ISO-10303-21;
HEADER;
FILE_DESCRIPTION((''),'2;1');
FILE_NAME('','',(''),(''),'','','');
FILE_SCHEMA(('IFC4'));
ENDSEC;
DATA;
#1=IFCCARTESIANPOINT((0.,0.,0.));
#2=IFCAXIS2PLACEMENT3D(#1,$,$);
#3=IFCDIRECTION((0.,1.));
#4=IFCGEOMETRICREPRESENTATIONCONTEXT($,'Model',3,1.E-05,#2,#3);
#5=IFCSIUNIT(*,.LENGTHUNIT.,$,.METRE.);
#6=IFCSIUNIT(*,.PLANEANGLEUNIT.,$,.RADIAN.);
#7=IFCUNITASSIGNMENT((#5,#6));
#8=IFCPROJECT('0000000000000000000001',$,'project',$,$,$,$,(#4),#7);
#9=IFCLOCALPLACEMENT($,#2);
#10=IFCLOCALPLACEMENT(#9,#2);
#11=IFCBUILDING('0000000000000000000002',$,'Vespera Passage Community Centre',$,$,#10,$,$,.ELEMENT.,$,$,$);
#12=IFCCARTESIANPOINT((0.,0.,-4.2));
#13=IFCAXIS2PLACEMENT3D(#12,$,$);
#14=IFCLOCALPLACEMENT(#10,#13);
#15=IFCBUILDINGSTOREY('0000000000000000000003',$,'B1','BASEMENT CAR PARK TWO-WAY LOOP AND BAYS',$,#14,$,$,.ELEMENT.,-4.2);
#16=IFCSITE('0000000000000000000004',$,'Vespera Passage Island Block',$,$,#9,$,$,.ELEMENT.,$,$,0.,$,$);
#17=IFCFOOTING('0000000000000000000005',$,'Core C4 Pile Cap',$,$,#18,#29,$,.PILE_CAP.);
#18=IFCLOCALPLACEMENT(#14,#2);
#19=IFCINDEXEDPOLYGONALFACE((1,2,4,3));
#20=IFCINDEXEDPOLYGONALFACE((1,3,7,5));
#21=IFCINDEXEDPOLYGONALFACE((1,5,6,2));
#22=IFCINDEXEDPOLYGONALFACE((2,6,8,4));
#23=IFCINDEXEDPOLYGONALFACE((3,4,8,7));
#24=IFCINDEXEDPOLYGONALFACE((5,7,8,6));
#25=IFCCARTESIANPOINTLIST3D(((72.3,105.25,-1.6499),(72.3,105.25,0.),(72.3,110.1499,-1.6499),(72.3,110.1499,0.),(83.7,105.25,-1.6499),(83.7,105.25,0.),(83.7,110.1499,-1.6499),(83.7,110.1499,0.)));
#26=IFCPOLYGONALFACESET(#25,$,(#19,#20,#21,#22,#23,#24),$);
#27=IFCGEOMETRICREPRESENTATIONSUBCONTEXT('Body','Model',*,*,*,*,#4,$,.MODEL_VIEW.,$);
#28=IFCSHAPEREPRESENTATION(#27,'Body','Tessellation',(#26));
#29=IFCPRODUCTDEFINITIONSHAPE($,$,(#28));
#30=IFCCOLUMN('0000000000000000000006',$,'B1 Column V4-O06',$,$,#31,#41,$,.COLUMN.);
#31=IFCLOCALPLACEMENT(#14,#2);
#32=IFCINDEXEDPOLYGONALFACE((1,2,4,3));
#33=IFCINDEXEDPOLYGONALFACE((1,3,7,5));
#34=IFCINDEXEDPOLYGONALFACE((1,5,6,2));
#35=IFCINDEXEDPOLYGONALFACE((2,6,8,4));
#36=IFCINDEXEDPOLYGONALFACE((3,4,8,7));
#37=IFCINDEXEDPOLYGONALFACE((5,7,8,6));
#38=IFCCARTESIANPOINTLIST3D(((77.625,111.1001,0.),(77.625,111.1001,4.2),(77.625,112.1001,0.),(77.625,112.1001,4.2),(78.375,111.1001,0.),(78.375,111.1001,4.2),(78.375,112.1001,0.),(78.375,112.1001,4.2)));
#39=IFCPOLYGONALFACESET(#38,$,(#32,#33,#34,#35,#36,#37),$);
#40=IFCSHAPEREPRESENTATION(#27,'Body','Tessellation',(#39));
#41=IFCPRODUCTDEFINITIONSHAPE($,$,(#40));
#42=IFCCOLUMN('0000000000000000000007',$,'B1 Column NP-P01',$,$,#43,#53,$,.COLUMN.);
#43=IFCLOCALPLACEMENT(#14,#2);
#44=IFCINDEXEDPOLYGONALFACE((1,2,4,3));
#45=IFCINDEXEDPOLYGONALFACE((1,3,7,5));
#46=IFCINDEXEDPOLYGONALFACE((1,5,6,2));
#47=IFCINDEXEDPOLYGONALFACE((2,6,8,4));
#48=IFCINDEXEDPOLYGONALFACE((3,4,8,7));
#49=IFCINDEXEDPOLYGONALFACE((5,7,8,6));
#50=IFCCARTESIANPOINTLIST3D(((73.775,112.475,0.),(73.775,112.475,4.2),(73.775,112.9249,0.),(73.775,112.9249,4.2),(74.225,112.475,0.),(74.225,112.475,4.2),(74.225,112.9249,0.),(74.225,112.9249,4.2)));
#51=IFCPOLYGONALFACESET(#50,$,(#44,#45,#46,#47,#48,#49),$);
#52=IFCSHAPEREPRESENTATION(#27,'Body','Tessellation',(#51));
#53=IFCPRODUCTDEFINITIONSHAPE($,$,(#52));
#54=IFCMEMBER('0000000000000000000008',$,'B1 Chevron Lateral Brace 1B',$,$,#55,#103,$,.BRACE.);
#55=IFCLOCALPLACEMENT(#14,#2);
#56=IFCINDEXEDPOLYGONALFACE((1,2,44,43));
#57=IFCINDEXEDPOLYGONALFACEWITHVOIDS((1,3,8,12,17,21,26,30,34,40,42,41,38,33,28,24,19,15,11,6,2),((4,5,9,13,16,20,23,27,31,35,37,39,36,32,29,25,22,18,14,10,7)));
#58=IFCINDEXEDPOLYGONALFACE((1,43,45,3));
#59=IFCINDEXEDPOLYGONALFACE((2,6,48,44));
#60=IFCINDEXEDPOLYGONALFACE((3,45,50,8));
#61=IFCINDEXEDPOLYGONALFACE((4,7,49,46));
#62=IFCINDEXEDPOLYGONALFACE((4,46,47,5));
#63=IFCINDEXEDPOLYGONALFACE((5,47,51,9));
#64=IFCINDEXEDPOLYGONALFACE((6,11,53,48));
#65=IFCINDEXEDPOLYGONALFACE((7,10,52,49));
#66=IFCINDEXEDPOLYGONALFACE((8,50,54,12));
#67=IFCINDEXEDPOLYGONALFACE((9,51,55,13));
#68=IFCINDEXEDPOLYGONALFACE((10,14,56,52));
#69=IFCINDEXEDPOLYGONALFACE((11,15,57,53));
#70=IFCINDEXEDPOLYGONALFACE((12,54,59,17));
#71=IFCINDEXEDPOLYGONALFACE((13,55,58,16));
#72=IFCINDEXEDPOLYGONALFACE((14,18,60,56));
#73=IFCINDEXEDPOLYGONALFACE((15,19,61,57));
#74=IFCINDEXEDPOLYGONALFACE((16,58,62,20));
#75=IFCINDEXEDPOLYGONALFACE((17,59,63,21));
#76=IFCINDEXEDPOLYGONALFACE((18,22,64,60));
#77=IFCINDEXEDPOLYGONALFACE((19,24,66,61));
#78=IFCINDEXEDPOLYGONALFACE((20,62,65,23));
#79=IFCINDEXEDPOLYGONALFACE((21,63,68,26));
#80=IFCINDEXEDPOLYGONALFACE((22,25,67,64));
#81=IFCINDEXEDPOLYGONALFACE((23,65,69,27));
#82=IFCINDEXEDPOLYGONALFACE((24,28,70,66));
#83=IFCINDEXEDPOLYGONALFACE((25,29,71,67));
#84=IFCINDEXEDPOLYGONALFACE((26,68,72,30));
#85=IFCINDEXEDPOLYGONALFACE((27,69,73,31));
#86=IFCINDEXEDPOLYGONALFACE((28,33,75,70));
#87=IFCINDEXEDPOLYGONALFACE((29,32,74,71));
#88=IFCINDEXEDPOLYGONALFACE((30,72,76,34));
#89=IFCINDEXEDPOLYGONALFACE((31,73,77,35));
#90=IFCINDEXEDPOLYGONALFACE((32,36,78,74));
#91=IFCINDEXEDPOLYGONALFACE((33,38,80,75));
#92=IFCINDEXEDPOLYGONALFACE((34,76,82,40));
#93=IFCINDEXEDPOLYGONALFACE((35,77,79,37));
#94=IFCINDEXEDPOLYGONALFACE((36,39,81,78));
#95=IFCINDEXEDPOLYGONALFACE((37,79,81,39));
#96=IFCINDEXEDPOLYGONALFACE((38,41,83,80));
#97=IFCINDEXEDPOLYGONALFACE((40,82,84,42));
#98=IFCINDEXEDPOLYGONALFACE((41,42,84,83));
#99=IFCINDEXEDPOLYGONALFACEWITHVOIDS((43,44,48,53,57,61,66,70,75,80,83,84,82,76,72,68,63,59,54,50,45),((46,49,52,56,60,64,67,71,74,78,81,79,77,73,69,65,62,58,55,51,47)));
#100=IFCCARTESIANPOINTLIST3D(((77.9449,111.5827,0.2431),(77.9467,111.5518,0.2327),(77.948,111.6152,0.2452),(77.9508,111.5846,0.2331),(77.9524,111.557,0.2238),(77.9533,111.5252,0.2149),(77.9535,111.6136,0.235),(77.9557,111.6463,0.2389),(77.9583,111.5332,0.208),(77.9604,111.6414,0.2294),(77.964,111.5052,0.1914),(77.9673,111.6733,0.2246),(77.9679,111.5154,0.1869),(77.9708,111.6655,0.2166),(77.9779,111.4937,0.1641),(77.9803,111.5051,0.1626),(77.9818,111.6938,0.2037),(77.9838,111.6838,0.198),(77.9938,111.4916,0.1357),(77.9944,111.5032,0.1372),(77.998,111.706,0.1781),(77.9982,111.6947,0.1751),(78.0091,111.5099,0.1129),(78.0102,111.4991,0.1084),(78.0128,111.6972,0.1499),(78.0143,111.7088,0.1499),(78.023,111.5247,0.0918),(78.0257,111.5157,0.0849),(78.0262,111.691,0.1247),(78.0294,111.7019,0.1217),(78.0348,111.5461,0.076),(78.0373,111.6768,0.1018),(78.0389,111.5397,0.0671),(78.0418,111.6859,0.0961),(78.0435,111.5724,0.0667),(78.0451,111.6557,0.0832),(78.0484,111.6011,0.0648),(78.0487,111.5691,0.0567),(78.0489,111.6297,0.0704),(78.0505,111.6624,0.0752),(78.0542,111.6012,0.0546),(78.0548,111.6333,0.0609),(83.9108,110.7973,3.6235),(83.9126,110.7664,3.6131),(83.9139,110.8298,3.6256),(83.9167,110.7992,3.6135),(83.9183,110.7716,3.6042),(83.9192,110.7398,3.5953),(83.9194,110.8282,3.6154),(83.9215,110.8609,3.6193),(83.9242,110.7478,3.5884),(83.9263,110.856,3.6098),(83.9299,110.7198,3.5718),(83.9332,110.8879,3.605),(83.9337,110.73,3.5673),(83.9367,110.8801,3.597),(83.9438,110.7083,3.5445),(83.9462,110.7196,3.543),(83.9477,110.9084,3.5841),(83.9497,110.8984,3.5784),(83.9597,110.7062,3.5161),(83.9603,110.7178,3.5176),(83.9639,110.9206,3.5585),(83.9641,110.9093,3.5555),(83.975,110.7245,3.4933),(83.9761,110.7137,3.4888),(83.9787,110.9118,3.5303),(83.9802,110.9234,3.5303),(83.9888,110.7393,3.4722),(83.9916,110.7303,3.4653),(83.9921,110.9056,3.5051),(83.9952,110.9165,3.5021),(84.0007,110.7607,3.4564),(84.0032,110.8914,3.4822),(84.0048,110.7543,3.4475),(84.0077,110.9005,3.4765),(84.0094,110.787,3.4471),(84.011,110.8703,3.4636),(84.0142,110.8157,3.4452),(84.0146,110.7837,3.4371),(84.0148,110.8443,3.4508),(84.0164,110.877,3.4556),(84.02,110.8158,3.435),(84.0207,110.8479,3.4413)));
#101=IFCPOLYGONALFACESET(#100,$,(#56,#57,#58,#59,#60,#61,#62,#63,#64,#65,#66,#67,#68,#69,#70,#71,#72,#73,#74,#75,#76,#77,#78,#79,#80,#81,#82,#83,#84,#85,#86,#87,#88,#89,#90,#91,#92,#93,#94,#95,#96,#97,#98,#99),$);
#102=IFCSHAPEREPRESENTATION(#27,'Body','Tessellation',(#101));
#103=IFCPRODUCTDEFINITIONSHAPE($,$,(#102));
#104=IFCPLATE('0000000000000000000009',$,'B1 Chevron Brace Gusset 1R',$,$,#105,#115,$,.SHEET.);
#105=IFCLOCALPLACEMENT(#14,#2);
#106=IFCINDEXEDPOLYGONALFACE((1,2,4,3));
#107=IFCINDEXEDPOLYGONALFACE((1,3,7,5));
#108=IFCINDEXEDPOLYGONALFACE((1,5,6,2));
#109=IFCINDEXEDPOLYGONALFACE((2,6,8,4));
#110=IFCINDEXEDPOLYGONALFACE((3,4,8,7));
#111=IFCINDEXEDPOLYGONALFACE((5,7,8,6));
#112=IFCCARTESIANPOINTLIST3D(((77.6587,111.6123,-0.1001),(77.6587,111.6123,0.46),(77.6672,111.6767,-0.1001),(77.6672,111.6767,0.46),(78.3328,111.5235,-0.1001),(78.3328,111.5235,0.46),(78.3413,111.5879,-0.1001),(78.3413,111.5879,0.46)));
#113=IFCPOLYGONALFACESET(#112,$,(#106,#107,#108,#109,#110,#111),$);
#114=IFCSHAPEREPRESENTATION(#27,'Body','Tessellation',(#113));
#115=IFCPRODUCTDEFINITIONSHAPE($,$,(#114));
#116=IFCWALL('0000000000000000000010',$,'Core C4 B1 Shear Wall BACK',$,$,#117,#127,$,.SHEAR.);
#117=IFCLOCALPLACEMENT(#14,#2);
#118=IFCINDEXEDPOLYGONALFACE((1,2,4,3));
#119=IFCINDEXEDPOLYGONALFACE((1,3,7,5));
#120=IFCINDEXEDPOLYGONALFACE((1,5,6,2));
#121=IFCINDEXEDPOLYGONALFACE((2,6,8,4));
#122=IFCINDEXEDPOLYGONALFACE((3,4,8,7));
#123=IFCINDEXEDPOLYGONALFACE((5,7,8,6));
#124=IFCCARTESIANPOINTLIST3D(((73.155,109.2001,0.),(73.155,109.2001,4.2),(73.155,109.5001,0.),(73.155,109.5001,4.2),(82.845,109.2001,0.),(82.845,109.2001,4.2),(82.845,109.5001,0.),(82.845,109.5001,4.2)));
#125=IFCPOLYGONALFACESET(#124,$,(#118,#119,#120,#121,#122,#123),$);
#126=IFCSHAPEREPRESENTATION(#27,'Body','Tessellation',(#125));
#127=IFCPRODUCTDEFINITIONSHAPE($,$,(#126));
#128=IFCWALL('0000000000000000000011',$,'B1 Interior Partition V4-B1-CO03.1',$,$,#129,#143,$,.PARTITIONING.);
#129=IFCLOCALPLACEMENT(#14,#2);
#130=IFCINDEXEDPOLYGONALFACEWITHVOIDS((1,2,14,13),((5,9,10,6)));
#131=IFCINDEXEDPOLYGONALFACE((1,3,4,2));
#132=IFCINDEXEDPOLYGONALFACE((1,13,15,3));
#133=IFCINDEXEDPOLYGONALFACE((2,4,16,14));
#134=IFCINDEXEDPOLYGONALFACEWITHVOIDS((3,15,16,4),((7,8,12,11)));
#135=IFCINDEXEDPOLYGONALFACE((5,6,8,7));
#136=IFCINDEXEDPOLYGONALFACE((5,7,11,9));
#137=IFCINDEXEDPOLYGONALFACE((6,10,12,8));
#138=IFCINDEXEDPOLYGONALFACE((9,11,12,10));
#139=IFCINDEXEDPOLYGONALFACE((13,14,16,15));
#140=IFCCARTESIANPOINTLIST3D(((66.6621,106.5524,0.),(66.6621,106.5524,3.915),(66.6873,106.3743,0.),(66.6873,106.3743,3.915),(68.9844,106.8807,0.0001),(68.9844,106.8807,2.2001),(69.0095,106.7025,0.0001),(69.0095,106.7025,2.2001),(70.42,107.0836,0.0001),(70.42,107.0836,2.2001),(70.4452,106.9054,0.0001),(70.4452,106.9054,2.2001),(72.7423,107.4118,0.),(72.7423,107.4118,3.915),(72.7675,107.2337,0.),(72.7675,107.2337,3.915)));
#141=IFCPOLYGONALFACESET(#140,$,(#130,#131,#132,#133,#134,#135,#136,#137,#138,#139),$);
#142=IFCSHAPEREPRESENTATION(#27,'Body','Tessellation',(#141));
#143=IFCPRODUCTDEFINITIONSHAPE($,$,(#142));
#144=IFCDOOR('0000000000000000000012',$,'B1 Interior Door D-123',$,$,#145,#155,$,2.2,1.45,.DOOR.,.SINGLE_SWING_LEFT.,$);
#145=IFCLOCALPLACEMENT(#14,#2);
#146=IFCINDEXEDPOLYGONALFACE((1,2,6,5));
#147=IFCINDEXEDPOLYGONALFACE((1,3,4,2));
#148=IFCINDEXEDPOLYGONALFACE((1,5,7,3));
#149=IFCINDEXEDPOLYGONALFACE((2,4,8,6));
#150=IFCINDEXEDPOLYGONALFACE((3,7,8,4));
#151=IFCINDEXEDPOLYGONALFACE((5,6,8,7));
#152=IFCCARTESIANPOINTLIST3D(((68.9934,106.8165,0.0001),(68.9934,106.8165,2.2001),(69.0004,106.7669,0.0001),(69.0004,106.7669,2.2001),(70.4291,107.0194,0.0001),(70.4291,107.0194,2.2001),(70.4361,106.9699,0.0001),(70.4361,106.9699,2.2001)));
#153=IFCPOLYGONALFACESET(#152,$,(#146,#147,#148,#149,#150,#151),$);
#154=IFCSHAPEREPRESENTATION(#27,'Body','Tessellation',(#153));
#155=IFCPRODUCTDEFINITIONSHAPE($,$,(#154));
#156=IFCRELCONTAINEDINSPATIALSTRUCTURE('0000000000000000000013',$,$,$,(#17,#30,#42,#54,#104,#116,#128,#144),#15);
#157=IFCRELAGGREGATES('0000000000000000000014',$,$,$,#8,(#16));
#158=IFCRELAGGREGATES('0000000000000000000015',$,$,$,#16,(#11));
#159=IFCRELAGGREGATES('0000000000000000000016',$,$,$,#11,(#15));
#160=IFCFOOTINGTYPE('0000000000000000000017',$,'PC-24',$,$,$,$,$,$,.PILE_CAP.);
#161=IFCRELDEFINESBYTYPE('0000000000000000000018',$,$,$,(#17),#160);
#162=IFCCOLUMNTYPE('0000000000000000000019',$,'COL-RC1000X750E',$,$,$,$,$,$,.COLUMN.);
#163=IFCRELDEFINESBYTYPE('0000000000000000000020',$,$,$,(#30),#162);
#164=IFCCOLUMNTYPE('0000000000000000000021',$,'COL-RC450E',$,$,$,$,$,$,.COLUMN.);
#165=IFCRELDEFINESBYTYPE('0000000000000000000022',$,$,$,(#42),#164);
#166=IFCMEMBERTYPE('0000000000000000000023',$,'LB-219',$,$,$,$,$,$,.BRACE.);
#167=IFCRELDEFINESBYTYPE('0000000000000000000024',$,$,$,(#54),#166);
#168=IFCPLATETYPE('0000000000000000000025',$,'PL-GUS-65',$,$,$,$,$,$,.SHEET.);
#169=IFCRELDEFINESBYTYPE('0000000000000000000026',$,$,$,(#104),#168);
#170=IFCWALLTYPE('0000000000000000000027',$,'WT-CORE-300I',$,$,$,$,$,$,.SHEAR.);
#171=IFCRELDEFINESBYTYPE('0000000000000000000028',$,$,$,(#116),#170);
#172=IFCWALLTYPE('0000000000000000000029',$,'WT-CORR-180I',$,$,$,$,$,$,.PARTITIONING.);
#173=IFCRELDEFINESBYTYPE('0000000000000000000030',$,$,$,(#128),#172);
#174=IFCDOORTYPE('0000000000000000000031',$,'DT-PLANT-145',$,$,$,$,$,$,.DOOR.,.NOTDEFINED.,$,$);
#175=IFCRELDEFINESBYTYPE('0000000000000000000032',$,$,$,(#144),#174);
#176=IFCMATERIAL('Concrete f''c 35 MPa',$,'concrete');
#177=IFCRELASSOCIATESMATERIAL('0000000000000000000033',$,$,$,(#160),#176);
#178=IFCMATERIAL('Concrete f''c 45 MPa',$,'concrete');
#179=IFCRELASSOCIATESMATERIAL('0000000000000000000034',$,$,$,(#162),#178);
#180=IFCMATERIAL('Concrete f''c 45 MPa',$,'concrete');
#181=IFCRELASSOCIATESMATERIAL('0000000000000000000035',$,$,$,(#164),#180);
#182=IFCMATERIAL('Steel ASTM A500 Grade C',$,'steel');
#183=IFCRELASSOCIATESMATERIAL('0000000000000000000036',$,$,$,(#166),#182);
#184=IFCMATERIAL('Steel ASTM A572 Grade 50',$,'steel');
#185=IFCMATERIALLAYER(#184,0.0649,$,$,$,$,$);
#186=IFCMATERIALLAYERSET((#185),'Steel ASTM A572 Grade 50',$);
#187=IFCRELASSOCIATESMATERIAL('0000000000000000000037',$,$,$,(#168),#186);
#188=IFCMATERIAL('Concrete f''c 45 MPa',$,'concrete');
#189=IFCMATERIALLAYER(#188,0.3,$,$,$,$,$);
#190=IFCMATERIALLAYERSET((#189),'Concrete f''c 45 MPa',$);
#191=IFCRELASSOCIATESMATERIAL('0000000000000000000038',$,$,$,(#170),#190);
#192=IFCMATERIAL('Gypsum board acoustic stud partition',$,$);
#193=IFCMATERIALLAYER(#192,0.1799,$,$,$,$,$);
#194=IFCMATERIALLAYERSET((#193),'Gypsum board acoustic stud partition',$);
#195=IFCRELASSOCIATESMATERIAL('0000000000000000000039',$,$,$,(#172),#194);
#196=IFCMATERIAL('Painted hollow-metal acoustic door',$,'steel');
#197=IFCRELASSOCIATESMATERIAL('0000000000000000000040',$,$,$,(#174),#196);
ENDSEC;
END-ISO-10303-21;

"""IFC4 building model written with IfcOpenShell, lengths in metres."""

from ifc_helpers import new_model, si_unit, direction, frame, frame_2d, origin, origin_2d, place, context, subcontext, project, spatial, rectangle, hollow_circle, extrude, material, layer, layer_set, material_profile, profile_set, type_object, element, fill, save


model = new_model("IFC4")

# Units and contexts
model_context = context("Model", 3, precision=1e-05, world=origin(), true_north=direction((0.0, 1.0)))
body_context = subcontext(model_context, "Body", "Model", "MODEL_VIEW")
ifc_project = project(units=[si_unit("LENGTHUNIT", "METRE"), si_unit("PLANEANGLEUNIT", "RADIAN")], contexts=[model_context])

# Site, building, storey
site_placement = place(None, origin())
site = spatial("IfcSite", under=ifc_project, at=site_placement, Name="Vespera Passage Island Block", CompositionType="ELEMENT", RefElevation=0.0)
building_placement = place(site_placement, origin())
building = spatial("IfcBuilding", under=site, at=building_placement, Name="Vespera Passage Community Centre", CompositionType="ELEMENT")
storey_placement = place(building_placement, frame((0.0, 0.0, -4.2)))
storey = spatial("IfcBuildingStorey", under=building, at=storey_placement, Name="B1", Description="BASEMENT CAR PARK TWO-WAY LOOP AND BAYS", CompositionType="ELEMENT", Elevation=-4.2)

# Footing
ifc_material_1 = material(Name="Concrete f'c 35 MPa", Category="concrete")
footing_type_1 = type_object("IfcFootingType", Name="PC-24", PredefinedType="PILE_CAP", material=ifc_material_1)
footing_1_placement = place(storey_placement, frame((78.0, 107.7, -1.6499), z_axis=(0.0, 0.0, 1.0), x_axis=(1.0, 0.0, 0.0)))
element("IfcFooting", 1, at=footing_1_placement, inside=storey, type_object=footing_type_1, Name="Core C4 Pile Cap", PredefinedType="PILE_CAP", context=body_context, shape_type="SweptSolid", body=[
    extrude(rectangle(XDim=11.3999, YDim=4.8999, at=origin_2d()), origin(), (0.0, 0.0, 1.0), 1.6499),
])

# Columns
ifc_material_2 = material(Name="Concrete f'c 45 MPa", Category="concrete")
ifc_material_profile_1 = material_profile(ifc_material_2, rectangle(XDim=0.75, YDim=1.0, at=origin_2d()), Name="RC1000X750")
ifc_profile_set_1 = profile_set([ifc_material_profile_1], Name="Concrete f'c 45 MPa")
column_type_1 = type_object("IfcColumnType", Name="COL-RC1000X750E", PredefinedType="COLUMN", material=ifc_profile_set_1)
column_1_placement = place(storey_placement, frame((78.0, 111.6001, 0.0), z_axis=(0.0, 0.0, 1.0), x_axis=(1.0, 0.0, 0.0)))
element("IfcColumn", 2, at=column_1_placement, inside=storey, type_object=column_type_1, Name="B1 Column V4-O06", PredefinedType="COLUMN", context=body_context, shape_type="SweptSolid", body=[
    extrude(rectangle(XDim=0.75, YDim=1.0, at=origin_2d()), origin(), (0.0, 0.0, 1.0), 4.2),
])
ifc_material_3 = material(Name="Concrete f'c 45 MPa", Category="concrete")
ifc_material_profile_2 = material_profile(ifc_material_3, rectangle(XDim=0.45, YDim=0.45, at=origin_2d()), Name="RC450X450")
ifc_profile_set_2 = profile_set([ifc_material_profile_2], Name="Concrete f'c 45 MPa")
column_type_2 = type_object("IfcColumnType", Name="COL-RC450E", PredefinedType="COLUMN", material=ifc_profile_set_2)
column_2_placement = place(storey_placement, frame((74.0, 112.7, 0.0), z_axis=(0.0, 0.0, 1.0), x_axis=(1.0, 0.0, 0.0)))
element("IfcColumn", 3, at=column_2_placement, inside=storey, type_object=column_type_2, Name="B1 Column NP-P01", PredefinedType="COLUMN", context=body_context, shape_type="SweptSolid", body=[
    extrude(rectangle(XDim=0.45, YDim=0.45, at=origin_2d()), origin(), (0.0, 0.0, 1.0), 4.2),
])

# Member
ifc_material_4 = material(Name="Steel ASTM A500 Grade C", Category="steel")
ifc_material_profile_3 = material_profile(ifc_material_4, hollow_circle(Radius=0.1096, WallThickness=0.0117, at=origin_2d()), Name="CHS219X12.7")
ifc_profile_set_3 = profile_set([ifc_material_profile_3], Name="Steel ASTM A500 Grade C")
member_type = type_object("IfcMemberType", Name="LB-219", PredefinedType="BRACE", material=ifc_profile_set_3)
member_placement = place(storey_placement, frame((78.0, 111.6001, 0.1499), z_axis=(0.864387, -0.113797, 0.489781), x_axis=(0.130524, 0.991445, 0.0)))
element("IfcMember", 4, at=member_placement, inside=storey, type_object=member_type, Name="B1 Chevron Lateral Brace 1B", PredefinedType="BRACE", context=body_context, shape_type="SweptSolid", body=[
    extrude(hollow_circle(Radius=0.1096, WallThickness=0.0117, at=origin_2d()), origin(), (0.0, 0.0, 1.0), 6.9019),
])

# Plate
ifc_material_5 = material(Name="Steel ASTM A572 Grade 50", Category="steel")
ifc_layer_1 = layer(ifc_material_5, 0.0649)
ifc_layer_set_1 = layer_set([ifc_layer_1], Name="Steel ASTM A572 Grade 50")
plate_type = type_object("IfcPlateType", Name="PL-GUS-65", PredefinedType="SHEET", material=ifc_layer_set_1)
plate_placement = place(storey_placement, frame((78.0, 111.6001, -0.1001), z_axis=(0.0, 0.0, 1.0), x_axis=(-0.991445, 0.130526, 0.0)))
element("IfcPlate", 5, at=plate_placement, inside=storey, type_object=plate_type, Name="B1 Chevron Brace Gusset 1R", PredefinedType="SHEET", context=body_context, shape_type="SweptSolid", body=[
    extrude(rectangle(XDim=0.6799, YDim=0.0649, at=origin_2d()), origin(), (0.0, 0.0, 1.0), 0.5601),
])

# Wall
ifc_material_6 = material(Name="Concrete f'c 45 MPa", Category="concrete")
ifc_layer_2 = layer(ifc_material_6, 0.3)
ifc_layer_set_2 = layer_set([ifc_layer_2], Name="Concrete f'c 45 MPa")
wall_type_1 = type_object("IfcWallType", Name="WT-CORE-300I", PredefinedType="SHEAR", material=ifc_layer_set_2)
wall_1_placement = place(storey_placement, frame((73.155, 109.3501, 0.0), z_axis=(0.0, 0.0, 1.0), x_axis=(1.0, 0.0, 0.0)))
element("IfcWall", 6, at=wall_1_placement, inside=storey, type_object=wall_type_1, Name="Core C4 B1 Shear Wall BACK", PredefinedType="SHEAR", context=body_context, shape_type="SweptSolid", body=[
    extrude(rectangle(XDim=9.6899, YDim=0.3, at=frame_2d((4.845, 0.0))), origin(), (0.0, 0.0, 1.0), 4.2),
])

# Wall, opening, door
ifc_material_7 = material(Name="Gypsum board acoustic stud partition")
ifc_layer_3 = layer(ifc_material_7, 0.1799)
ifc_layer_set_3 = layer_set([ifc_layer_3], Name="Gypsum board acoustic stud partition")
wall_type_2 = type_object("IfcWallType", Name="WT-CORR-180I", PredefinedType="PARTITIONING", material=ifc_layer_set_3)
wall_2_placement = place(storey_placement, frame((72.7549, 107.3228, 0.0), z_axis=(0.0, 0.0, 1.0), x_axis=(-0.990158, -0.139952, 0.0)))
wall_2 = element("IfcWall", 7, at=wall_2_placement, inside=storey, type_object=wall_type_2, Name="B1 Interior Partition V4-B1-CO03.1", PredefinedType="PARTITIONING", context=body_context, shape_type="SweptSolid", body=[
    extrude(rectangle(XDim=6.1406, YDim=0.1799, at=frame_2d((3.0703, 0.0))), origin(), (0.0, 0.0, 1.0), 3.915),
])
opening_placement = place(wall_2_placement, frame((2.3452, 0.0, 0.0)))
opening = element("IfcOpeningElement", 8, at=opening_placement, cuts=wall_2, PredefinedType="OPENING", context=body_context, shape_type="SweptSolid", body=[
    extrude(rectangle(XDim=1.45, YDim=2.2, at=frame_2d((0.7251, 1.1001))), frame((0.0, 0.0999, 0.0), z_axis=(0.0, -1.0, 0.0), x_axis=(1.0, 0.0, 0.0)), (0.0, 0.0, 1.0), 0.2),
])
ifc_material_8 = material(Name="Painted hollow-metal acoustic door", Category="steel")
door_type = type_object("IfcDoorType", Name="DT-PLANT-145", OperationType="NOTDEFINED", PredefinedType="DOOR", material=ifc_material_8)
door_placement = place(opening_placement, origin())
door = element("IfcDoor", 9, at=door_placement, inside=storey, type_object=door_type, Name="B1 Interior Door D-123", OperationType="SINGLE_SWING_LEFT", OverallHeight=2.2, OverallWidth=1.45, PredefinedType="DOOR", context=body_context, shape_type="SweptSolid", body=[
    extrude(rectangle(XDim=1.45, YDim=2.2, at=frame_2d((0.7251, 1.1001))), frame((0.0, 0.0249, 0.0), z_axis=(0.0, -1.0, 0.0), x_axis=(1.0, 0.0, 0.0)), (0.0, 0.0, 1.0), 0.05),
])
fill(opening, door)

save(model, "model.ifc")
